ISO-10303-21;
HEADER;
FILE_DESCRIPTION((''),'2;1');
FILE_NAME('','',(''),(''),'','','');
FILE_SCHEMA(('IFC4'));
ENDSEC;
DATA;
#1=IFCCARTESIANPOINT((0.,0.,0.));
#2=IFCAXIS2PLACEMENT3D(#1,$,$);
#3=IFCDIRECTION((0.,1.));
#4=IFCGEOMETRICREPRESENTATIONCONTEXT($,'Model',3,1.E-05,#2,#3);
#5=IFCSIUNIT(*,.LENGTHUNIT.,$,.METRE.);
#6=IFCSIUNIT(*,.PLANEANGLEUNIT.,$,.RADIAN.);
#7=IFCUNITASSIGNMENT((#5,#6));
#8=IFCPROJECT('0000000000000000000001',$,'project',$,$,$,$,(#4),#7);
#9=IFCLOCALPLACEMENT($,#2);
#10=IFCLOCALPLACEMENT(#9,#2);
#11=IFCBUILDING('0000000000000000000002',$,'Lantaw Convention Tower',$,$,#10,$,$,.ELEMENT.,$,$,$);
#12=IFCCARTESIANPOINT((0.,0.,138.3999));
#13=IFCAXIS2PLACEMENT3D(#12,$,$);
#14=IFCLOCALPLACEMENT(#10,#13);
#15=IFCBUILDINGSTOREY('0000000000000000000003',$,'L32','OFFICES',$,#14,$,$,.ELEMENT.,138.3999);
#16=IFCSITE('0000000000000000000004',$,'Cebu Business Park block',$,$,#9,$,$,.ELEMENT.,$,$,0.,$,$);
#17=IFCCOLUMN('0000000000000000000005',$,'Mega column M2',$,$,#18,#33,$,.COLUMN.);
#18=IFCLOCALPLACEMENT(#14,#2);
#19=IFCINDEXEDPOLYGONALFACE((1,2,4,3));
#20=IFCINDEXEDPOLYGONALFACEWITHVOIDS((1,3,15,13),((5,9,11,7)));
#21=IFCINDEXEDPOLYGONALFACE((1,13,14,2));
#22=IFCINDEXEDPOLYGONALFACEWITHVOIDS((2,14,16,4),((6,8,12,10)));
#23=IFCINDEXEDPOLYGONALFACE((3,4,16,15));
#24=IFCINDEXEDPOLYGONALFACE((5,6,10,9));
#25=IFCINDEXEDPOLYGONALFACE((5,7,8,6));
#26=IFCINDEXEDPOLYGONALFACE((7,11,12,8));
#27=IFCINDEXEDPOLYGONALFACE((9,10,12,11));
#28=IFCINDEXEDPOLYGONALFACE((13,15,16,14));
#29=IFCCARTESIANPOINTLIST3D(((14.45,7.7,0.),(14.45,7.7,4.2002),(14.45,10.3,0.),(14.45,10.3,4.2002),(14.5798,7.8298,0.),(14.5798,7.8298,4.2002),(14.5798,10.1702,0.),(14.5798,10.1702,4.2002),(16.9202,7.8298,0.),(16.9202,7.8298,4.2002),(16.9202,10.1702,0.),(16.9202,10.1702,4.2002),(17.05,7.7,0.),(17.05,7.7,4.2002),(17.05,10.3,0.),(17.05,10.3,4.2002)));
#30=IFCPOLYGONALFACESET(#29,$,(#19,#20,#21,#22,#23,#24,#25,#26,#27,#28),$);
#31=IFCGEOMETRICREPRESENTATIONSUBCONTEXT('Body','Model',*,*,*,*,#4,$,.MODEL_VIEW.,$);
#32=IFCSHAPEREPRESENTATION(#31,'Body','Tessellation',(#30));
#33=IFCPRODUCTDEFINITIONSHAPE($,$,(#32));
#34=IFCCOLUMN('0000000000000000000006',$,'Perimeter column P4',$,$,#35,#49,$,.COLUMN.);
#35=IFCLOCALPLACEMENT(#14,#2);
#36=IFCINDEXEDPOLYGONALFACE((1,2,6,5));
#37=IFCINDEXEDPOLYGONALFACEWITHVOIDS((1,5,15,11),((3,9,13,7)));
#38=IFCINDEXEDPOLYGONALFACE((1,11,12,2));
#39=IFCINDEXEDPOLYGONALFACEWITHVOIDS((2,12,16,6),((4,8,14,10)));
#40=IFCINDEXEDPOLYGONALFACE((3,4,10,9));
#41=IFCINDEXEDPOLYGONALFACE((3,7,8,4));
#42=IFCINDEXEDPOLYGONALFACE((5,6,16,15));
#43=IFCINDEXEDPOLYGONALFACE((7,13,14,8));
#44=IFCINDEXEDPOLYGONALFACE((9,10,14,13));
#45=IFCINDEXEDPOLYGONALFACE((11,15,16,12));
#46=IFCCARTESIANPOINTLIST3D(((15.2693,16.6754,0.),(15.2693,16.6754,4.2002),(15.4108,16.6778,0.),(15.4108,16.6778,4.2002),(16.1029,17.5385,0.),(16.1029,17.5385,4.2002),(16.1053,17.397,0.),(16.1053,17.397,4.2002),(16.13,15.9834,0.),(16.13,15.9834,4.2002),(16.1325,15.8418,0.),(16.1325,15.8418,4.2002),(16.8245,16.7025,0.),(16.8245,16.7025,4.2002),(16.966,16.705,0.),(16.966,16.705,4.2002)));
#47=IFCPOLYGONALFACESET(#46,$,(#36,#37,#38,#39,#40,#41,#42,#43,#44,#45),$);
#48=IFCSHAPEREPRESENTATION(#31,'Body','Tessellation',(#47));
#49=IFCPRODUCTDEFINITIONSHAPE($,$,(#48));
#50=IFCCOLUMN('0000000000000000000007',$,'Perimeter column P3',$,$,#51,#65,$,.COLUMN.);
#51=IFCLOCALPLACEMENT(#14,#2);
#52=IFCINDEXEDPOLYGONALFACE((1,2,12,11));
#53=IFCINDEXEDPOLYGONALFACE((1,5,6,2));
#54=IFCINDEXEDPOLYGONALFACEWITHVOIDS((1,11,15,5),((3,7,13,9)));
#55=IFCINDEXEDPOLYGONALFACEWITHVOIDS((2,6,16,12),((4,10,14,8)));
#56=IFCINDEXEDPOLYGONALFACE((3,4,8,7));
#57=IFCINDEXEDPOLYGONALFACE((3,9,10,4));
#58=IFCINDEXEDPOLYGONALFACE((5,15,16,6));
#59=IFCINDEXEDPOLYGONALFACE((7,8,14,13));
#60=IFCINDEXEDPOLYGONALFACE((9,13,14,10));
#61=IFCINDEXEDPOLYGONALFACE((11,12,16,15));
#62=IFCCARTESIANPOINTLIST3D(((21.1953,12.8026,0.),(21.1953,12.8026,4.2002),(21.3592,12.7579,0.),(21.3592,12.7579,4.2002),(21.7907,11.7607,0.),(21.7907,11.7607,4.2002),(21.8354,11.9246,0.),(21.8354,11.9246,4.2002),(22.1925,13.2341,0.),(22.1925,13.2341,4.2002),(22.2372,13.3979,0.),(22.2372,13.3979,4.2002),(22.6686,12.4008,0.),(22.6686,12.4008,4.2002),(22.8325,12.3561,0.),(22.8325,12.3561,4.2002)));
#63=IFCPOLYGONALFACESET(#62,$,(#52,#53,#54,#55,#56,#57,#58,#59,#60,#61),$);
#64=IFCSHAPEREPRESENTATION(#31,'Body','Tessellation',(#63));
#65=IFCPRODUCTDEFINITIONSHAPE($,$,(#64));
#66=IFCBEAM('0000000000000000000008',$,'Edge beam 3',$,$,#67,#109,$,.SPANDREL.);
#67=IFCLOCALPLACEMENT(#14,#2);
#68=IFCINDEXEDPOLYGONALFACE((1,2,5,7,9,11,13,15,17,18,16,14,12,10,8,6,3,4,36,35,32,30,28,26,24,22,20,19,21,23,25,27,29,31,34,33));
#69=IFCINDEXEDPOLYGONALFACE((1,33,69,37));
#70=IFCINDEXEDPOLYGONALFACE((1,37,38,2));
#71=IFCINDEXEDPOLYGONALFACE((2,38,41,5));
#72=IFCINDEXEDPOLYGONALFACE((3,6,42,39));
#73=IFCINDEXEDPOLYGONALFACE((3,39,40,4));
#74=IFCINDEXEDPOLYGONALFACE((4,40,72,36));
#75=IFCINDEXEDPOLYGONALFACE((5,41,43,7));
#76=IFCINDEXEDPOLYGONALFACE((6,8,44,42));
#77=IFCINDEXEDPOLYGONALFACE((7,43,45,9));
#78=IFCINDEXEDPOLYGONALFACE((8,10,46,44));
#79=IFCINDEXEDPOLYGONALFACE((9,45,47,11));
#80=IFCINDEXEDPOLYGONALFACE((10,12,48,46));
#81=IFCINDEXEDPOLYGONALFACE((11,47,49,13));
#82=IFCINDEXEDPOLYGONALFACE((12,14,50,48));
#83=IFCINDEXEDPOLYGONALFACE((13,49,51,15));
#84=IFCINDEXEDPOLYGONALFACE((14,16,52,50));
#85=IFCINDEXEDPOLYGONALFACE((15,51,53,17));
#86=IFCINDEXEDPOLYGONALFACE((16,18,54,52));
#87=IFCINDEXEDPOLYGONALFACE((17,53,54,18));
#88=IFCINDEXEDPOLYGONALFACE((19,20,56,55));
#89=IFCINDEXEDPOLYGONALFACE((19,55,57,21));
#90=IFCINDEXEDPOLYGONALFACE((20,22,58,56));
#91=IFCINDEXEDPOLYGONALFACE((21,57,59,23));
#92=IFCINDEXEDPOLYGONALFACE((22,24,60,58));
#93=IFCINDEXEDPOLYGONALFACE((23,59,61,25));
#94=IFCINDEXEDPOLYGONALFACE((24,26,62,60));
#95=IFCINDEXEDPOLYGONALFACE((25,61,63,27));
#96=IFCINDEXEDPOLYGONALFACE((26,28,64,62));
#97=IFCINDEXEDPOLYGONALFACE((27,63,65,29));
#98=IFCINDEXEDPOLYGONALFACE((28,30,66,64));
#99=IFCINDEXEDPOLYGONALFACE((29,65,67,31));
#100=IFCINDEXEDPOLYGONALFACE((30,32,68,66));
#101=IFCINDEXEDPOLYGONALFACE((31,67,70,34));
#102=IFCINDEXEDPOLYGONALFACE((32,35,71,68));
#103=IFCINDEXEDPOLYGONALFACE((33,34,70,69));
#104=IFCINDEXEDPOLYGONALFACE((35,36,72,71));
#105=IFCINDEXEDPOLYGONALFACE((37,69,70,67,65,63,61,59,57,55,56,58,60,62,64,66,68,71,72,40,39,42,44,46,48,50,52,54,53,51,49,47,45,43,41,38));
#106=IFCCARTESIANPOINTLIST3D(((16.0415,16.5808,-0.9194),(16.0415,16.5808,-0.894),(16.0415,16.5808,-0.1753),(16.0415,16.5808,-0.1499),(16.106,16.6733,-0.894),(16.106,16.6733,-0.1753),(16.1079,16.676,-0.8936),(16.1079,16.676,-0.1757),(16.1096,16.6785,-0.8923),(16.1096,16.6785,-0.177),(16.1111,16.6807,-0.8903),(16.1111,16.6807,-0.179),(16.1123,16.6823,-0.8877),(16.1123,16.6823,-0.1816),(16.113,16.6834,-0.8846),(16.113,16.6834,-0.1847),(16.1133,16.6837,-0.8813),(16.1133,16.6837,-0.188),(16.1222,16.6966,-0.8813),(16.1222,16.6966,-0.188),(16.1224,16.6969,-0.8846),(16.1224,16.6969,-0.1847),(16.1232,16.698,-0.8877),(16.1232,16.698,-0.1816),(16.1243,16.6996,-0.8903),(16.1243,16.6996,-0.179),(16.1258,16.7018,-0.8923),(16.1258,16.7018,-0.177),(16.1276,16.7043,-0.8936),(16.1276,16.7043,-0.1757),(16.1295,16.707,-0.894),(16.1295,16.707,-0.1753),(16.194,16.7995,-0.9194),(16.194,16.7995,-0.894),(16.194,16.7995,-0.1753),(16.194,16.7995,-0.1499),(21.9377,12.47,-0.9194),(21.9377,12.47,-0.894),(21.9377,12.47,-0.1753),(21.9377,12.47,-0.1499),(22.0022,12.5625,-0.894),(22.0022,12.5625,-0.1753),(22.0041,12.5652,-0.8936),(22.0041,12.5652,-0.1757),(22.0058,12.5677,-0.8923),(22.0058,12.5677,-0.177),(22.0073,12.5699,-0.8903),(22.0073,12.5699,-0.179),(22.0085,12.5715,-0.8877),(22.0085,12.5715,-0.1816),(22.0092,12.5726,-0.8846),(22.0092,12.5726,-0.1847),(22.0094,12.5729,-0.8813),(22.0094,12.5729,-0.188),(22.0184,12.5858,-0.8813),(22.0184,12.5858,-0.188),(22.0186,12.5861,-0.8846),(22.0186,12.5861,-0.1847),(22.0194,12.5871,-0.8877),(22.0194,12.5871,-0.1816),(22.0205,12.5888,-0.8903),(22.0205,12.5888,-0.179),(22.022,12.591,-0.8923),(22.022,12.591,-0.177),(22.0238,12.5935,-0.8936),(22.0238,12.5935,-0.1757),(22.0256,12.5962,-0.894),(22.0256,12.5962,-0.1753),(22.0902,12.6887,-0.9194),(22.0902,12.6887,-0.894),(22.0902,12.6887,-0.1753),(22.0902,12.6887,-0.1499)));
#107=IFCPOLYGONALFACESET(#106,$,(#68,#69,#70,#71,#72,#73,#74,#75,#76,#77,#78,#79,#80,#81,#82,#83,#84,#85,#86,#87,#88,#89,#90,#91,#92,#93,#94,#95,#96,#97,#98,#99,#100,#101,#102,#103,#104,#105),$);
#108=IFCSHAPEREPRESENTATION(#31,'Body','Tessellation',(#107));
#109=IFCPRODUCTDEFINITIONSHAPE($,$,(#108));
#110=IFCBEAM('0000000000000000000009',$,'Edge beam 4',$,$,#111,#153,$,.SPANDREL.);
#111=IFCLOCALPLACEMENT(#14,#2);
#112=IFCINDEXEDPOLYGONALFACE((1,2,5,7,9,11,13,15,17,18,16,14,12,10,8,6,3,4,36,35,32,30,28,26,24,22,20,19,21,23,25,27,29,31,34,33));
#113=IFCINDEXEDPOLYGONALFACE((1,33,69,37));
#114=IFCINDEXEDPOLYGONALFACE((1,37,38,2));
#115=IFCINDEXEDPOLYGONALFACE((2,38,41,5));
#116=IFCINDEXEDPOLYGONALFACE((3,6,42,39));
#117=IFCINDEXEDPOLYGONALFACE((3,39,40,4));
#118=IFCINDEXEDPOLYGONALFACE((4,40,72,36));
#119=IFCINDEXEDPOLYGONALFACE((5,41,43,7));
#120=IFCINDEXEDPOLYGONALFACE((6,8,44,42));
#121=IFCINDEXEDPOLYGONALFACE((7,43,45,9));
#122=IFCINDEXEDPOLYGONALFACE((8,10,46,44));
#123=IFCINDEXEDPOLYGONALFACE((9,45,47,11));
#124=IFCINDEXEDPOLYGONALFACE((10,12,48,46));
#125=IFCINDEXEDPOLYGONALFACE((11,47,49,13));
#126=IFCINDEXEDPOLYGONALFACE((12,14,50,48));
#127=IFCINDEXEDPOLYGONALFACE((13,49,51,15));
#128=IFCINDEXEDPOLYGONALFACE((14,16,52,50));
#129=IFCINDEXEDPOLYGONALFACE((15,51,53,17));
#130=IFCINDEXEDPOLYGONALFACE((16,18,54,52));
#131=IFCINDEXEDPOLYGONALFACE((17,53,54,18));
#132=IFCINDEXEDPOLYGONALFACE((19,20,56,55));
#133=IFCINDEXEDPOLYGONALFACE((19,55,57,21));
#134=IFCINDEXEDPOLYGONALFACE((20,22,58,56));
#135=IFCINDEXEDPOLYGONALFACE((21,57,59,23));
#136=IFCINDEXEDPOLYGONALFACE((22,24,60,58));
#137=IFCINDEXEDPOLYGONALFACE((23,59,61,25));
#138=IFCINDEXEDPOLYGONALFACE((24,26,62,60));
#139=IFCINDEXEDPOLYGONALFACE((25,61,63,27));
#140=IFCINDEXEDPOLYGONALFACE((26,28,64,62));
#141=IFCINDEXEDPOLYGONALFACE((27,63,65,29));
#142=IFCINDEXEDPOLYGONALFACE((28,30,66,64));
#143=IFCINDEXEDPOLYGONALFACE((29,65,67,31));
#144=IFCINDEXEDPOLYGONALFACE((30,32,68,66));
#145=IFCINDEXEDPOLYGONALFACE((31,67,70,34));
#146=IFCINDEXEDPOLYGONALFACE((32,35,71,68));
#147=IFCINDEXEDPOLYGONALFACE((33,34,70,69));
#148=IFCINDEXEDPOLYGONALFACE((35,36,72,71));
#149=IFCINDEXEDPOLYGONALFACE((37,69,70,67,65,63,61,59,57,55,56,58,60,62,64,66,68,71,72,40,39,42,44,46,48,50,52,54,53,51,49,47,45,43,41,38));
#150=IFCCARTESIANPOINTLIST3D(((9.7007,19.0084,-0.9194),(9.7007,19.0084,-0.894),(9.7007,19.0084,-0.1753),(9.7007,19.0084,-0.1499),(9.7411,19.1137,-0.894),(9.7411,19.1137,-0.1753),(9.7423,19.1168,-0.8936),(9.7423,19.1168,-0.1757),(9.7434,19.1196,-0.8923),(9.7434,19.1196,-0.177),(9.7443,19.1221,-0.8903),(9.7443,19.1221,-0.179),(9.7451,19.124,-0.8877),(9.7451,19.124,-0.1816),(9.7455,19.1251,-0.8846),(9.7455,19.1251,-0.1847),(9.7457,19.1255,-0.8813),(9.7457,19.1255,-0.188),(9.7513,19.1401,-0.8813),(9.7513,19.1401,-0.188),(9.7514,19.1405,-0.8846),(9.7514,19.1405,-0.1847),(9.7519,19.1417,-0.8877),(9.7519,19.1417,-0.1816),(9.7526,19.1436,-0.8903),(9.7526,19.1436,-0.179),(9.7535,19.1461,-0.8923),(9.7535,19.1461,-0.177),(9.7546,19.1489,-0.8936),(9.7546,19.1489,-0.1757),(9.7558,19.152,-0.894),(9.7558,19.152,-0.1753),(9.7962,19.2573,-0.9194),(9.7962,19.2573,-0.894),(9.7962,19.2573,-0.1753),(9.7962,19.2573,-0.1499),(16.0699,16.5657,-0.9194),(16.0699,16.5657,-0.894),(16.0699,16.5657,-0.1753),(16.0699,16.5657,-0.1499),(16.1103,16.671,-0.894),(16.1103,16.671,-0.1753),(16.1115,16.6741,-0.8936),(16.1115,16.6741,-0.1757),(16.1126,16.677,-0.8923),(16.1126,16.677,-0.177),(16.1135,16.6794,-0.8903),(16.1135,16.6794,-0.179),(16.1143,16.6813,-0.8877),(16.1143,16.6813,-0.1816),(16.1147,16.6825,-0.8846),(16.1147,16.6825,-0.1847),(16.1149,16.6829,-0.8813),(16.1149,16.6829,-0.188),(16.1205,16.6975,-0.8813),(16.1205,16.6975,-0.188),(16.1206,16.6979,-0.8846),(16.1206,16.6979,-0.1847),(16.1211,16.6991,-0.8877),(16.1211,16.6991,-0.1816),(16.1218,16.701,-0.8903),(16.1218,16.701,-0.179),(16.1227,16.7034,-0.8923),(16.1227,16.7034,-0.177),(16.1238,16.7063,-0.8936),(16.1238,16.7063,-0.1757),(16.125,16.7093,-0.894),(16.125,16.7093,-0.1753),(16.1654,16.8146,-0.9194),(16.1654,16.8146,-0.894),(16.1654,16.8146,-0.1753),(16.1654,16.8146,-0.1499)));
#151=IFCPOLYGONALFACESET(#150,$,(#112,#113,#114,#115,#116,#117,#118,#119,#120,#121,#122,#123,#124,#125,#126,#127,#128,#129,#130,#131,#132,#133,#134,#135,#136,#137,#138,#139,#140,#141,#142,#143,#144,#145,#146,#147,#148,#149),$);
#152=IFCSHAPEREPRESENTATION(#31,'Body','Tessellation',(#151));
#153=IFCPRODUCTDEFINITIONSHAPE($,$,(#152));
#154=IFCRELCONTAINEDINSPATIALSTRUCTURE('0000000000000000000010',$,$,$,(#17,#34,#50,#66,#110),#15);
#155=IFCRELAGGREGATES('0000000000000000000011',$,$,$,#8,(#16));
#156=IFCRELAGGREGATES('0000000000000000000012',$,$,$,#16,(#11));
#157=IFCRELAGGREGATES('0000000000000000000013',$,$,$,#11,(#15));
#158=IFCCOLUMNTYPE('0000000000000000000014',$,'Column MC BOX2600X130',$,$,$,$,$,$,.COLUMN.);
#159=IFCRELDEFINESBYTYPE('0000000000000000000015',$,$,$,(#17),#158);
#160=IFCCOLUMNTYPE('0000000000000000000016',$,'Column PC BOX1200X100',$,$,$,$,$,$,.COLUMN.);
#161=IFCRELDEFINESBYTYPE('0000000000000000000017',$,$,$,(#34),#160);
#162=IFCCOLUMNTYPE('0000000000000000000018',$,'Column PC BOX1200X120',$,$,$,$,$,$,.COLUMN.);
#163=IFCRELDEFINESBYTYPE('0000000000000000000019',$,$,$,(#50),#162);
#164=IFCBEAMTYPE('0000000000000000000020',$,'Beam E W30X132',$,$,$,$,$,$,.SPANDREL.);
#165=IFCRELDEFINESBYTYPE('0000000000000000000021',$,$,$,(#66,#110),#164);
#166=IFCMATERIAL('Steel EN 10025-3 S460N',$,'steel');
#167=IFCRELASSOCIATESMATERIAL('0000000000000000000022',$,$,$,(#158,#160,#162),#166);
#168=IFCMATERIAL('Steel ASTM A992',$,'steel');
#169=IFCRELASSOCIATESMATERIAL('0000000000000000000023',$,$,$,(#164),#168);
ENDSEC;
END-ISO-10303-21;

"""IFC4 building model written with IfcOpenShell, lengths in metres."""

from ifc_helpers import new_model, si_unit, direction, frame, origin, origin_2d, place, context, subcontext, project, spatial, rectangle, hollow_rectangle, i_section, extrude, material, material_profile, profile_set, type_object, element, save


model = new_model("IFC4")

# Units and contexts
model_context = context("Model", 3, precision=1e-05, world=origin(), true_north=direction((0.0, 1.0)))
body_context = subcontext(model_context, "Body", "Model", "MODEL_VIEW")
ifc_project = project(units=[si_unit("LENGTHUNIT", "METRE"), si_unit("PLANEANGLEUNIT", "RADIAN")], contexts=[model_context])

# Site, building, storey
site_placement = place(None, origin())
site = spatial("IfcSite", under=ifc_project, at=site_placement, Name="Cebu Business Park block", CompositionType="ELEMENT", RefElevation=0.0)
building_placement = place(site_placement, origin())
building = spatial("IfcBuilding", under=site, at=building_placement, Name="Lantaw Convention Tower", CompositionType="ELEMENT")
storey_placement = place(building_placement, frame((0.0, 0.0, 138.3999)))
storey = spatial("IfcBuildingStorey", under=building, at=storey_placement, Name="L32", Description="OFFICES", CompositionType="ELEMENT", Elevation=138.3999)

# Columns
ifc_material_1 = material(Name="Steel EN 10025-3 S460N", Category="steel")
ifc_material_profile_1 = material_profile(ifc_material_1, hollow_rectangle(XDim=2.6001, YDim=2.6001, WallThickness=0.1299, at=origin_2d()), Name="BOX2600X130")
ifc_material_2 = material(Name="Concrete C60/75", Category="concrete")
ifc_material_profile_2 = material_profile(ifc_material_2, rectangle(XDim=2.3401, YDim=2.3401, at=origin_2d()), Name="Concrete fill of BOX2600X130")
ifc_profile_set_1 = profile_set([ifc_material_profile_1, ifc_material_profile_2], Name="Steel EN 10025-3 S460N")
column_type_1 = type_object("IfcColumnType", Name="Column MC BOX2600X130", PredefinedType="COLUMN", material=ifc_profile_set_1)
column_1_placement = place(storey_placement, frame((15.75, 9.0, 0.0), z_axis=(0.0, 0.0, 1.0), x_axis=(1.0, 0.0, 0.0)))
element("IfcColumn", 1, at=column_1_placement, inside=storey, type_object=column_type_1, Name="Mega column M2", PredefinedType="COLUMN", context=body_context, shape_type="SweptSolid", body=[
    extrude(hollow_rectangle(XDim=2.6001, YDim=2.6001, WallThickness=0.1299, at=origin_2d()), origin(), (0.0, 0.0, 1.0), 4.2002),
])
ifc_material_profile_3 = material_profile(ifc_material_1, hollow_rectangle(XDim=1.2, YDim=1.2, WallThickness=0.1001, at=origin_2d()), Name="BOX1200X100")
ifc_material_profile_4 = material_profile(ifc_material_2, rectangle(XDim=1.0, YDim=1.0, at=origin_2d()), Name="Concrete fill of BOX1200X100")
ifc_profile_set_2 = profile_set([ifc_material_profile_3, ifc_material_profile_4], Name="Steel EN 10025-3 S460N")
column_type_2 = type_object("IfcColumnType", Name="Column PC BOX1200X100", PredefinedType="COLUMN", material=ifc_profile_set_2)
column_2_placement = place(storey_placement, frame((16.1177, 16.6902, 0.0), z_axis=(0.0, 0.0, 1.0), x_axis=(0.694658, 0.71934, 0.0)))
element("IfcColumn", 2, at=column_2_placement, inside=storey, type_object=column_type_2, Name="Perimeter column P4", PredefinedType="COLUMN", context=body_context, shape_type="SweptSolid", body=[
    extrude(hollow_rectangle(XDim=1.2, YDim=1.2, WallThickness=0.1001, at=origin_2d()), origin(), (0.0, 0.0, 1.0), 4.2002),
])
ifc_material_profile_5 = material_profile(ifc_material_1, hollow_rectangle(XDim=1.2, YDim=1.2, WallThickness=0.1201, at=origin_2d()), Name="BOX1200X120")
ifc_material_profile_6 = material_profile(ifc_material_2, rectangle(XDim=0.96, YDim=0.96, at=origin_2d()), Name="Concrete fill of BOX1200X120")
ifc_profile_set_3 = profile_set([ifc_material_profile_5, ifc_material_profile_6], Name="Steel EN 10025-3 S460N")
column_type_3 = type_object("IfcColumnType", Name="Column PC BOX1200X120", PredefinedType="COLUMN", material=ifc_profile_set_3)
column_3_placement = place(storey_placement, frame((22.0139, 12.5793, 0.0), z_axis=(0.0, 0.0, 1.0), x_axis=(0.868243, 0.496139, 0.0)))
element("IfcColumn", 3, at=column_3_placement, inside=storey, type_object=column_type_3, Name="Perimeter column P3", PredefinedType="COLUMN", context=body_context, shape_type="SweptSolid", body=[
    extrude(hollow_rectangle(XDim=1.2, YDim=1.2, WallThickness=0.1201, at=origin_2d()), origin(), (0.0, 0.0, 1.0), 4.2002),
])

# Beams
ifc_material_3 = material(Name="Steel ASTM A992", Category="steel")
ifc_material_profile_7 = material_profile(ifc_material_3, i_section(OverallWidth=0.2666, OverallDepth=0.7695, WebThickness=0.0156, FlangeThickness=0.0254, FilletRadius=0.0127, at=origin_2d()), Name="W30X132")
ifc_profile_set_4 = profile_set([ifc_material_profile_7], Name="Steel ASTM A992")
beam_type_1 = type_object("IfcBeamType", Name="Beam E W30X132", PredefinedType="SPANDREL", material=ifc_profile_set_4)
beam_1_placement = place(storey_placement, frame((22.0139, 12.5793, -0.5347), z_axis=(-0.820311, 0.571918, 0.0), x_axis=(-0.571918, -0.820311, 0.0)))
element("IfcBeam", 4, at=beam_1_placement, inside=storey, type_object=beam_type_1, Name="Edge beam 3", PredefinedType="SPANDREL", context=body_context, shape_type="SweptSolid", body=[
    extrude(i_section(OverallWidth=0.2666, OverallDepth=0.7695, WebThickness=0.0156, FlangeThickness=0.0254, FilletRadius=0.0127, at=origin_2d()), origin(), (0.0, 0.0, 1.0), 7.1877),
])
beam_2_placement = place(storey_placement, frame((16.1177, 16.6902, -0.5347), z_axis=(-0.933691, 0.35808, 0.0), x_axis=(-0.35808, -0.933691, 0.0)))
element("IfcBeam", 5, at=beam_2_placement, inside=storey, type_object=beam_type_1, Name="Edge beam 4", PredefinedType="SPANDREL", context=body_context, shape_type="SweptSolid", body=[
    extrude(i_section(OverallWidth=0.2666, OverallDepth=0.7695, WebThickness=0.0156, FlangeThickness=0.0254, FilletRadius=0.0127, at=origin_2d()), origin(), (0.0, 0.0, 1.0), 6.8215),
])

save(model, "model.ifc")
